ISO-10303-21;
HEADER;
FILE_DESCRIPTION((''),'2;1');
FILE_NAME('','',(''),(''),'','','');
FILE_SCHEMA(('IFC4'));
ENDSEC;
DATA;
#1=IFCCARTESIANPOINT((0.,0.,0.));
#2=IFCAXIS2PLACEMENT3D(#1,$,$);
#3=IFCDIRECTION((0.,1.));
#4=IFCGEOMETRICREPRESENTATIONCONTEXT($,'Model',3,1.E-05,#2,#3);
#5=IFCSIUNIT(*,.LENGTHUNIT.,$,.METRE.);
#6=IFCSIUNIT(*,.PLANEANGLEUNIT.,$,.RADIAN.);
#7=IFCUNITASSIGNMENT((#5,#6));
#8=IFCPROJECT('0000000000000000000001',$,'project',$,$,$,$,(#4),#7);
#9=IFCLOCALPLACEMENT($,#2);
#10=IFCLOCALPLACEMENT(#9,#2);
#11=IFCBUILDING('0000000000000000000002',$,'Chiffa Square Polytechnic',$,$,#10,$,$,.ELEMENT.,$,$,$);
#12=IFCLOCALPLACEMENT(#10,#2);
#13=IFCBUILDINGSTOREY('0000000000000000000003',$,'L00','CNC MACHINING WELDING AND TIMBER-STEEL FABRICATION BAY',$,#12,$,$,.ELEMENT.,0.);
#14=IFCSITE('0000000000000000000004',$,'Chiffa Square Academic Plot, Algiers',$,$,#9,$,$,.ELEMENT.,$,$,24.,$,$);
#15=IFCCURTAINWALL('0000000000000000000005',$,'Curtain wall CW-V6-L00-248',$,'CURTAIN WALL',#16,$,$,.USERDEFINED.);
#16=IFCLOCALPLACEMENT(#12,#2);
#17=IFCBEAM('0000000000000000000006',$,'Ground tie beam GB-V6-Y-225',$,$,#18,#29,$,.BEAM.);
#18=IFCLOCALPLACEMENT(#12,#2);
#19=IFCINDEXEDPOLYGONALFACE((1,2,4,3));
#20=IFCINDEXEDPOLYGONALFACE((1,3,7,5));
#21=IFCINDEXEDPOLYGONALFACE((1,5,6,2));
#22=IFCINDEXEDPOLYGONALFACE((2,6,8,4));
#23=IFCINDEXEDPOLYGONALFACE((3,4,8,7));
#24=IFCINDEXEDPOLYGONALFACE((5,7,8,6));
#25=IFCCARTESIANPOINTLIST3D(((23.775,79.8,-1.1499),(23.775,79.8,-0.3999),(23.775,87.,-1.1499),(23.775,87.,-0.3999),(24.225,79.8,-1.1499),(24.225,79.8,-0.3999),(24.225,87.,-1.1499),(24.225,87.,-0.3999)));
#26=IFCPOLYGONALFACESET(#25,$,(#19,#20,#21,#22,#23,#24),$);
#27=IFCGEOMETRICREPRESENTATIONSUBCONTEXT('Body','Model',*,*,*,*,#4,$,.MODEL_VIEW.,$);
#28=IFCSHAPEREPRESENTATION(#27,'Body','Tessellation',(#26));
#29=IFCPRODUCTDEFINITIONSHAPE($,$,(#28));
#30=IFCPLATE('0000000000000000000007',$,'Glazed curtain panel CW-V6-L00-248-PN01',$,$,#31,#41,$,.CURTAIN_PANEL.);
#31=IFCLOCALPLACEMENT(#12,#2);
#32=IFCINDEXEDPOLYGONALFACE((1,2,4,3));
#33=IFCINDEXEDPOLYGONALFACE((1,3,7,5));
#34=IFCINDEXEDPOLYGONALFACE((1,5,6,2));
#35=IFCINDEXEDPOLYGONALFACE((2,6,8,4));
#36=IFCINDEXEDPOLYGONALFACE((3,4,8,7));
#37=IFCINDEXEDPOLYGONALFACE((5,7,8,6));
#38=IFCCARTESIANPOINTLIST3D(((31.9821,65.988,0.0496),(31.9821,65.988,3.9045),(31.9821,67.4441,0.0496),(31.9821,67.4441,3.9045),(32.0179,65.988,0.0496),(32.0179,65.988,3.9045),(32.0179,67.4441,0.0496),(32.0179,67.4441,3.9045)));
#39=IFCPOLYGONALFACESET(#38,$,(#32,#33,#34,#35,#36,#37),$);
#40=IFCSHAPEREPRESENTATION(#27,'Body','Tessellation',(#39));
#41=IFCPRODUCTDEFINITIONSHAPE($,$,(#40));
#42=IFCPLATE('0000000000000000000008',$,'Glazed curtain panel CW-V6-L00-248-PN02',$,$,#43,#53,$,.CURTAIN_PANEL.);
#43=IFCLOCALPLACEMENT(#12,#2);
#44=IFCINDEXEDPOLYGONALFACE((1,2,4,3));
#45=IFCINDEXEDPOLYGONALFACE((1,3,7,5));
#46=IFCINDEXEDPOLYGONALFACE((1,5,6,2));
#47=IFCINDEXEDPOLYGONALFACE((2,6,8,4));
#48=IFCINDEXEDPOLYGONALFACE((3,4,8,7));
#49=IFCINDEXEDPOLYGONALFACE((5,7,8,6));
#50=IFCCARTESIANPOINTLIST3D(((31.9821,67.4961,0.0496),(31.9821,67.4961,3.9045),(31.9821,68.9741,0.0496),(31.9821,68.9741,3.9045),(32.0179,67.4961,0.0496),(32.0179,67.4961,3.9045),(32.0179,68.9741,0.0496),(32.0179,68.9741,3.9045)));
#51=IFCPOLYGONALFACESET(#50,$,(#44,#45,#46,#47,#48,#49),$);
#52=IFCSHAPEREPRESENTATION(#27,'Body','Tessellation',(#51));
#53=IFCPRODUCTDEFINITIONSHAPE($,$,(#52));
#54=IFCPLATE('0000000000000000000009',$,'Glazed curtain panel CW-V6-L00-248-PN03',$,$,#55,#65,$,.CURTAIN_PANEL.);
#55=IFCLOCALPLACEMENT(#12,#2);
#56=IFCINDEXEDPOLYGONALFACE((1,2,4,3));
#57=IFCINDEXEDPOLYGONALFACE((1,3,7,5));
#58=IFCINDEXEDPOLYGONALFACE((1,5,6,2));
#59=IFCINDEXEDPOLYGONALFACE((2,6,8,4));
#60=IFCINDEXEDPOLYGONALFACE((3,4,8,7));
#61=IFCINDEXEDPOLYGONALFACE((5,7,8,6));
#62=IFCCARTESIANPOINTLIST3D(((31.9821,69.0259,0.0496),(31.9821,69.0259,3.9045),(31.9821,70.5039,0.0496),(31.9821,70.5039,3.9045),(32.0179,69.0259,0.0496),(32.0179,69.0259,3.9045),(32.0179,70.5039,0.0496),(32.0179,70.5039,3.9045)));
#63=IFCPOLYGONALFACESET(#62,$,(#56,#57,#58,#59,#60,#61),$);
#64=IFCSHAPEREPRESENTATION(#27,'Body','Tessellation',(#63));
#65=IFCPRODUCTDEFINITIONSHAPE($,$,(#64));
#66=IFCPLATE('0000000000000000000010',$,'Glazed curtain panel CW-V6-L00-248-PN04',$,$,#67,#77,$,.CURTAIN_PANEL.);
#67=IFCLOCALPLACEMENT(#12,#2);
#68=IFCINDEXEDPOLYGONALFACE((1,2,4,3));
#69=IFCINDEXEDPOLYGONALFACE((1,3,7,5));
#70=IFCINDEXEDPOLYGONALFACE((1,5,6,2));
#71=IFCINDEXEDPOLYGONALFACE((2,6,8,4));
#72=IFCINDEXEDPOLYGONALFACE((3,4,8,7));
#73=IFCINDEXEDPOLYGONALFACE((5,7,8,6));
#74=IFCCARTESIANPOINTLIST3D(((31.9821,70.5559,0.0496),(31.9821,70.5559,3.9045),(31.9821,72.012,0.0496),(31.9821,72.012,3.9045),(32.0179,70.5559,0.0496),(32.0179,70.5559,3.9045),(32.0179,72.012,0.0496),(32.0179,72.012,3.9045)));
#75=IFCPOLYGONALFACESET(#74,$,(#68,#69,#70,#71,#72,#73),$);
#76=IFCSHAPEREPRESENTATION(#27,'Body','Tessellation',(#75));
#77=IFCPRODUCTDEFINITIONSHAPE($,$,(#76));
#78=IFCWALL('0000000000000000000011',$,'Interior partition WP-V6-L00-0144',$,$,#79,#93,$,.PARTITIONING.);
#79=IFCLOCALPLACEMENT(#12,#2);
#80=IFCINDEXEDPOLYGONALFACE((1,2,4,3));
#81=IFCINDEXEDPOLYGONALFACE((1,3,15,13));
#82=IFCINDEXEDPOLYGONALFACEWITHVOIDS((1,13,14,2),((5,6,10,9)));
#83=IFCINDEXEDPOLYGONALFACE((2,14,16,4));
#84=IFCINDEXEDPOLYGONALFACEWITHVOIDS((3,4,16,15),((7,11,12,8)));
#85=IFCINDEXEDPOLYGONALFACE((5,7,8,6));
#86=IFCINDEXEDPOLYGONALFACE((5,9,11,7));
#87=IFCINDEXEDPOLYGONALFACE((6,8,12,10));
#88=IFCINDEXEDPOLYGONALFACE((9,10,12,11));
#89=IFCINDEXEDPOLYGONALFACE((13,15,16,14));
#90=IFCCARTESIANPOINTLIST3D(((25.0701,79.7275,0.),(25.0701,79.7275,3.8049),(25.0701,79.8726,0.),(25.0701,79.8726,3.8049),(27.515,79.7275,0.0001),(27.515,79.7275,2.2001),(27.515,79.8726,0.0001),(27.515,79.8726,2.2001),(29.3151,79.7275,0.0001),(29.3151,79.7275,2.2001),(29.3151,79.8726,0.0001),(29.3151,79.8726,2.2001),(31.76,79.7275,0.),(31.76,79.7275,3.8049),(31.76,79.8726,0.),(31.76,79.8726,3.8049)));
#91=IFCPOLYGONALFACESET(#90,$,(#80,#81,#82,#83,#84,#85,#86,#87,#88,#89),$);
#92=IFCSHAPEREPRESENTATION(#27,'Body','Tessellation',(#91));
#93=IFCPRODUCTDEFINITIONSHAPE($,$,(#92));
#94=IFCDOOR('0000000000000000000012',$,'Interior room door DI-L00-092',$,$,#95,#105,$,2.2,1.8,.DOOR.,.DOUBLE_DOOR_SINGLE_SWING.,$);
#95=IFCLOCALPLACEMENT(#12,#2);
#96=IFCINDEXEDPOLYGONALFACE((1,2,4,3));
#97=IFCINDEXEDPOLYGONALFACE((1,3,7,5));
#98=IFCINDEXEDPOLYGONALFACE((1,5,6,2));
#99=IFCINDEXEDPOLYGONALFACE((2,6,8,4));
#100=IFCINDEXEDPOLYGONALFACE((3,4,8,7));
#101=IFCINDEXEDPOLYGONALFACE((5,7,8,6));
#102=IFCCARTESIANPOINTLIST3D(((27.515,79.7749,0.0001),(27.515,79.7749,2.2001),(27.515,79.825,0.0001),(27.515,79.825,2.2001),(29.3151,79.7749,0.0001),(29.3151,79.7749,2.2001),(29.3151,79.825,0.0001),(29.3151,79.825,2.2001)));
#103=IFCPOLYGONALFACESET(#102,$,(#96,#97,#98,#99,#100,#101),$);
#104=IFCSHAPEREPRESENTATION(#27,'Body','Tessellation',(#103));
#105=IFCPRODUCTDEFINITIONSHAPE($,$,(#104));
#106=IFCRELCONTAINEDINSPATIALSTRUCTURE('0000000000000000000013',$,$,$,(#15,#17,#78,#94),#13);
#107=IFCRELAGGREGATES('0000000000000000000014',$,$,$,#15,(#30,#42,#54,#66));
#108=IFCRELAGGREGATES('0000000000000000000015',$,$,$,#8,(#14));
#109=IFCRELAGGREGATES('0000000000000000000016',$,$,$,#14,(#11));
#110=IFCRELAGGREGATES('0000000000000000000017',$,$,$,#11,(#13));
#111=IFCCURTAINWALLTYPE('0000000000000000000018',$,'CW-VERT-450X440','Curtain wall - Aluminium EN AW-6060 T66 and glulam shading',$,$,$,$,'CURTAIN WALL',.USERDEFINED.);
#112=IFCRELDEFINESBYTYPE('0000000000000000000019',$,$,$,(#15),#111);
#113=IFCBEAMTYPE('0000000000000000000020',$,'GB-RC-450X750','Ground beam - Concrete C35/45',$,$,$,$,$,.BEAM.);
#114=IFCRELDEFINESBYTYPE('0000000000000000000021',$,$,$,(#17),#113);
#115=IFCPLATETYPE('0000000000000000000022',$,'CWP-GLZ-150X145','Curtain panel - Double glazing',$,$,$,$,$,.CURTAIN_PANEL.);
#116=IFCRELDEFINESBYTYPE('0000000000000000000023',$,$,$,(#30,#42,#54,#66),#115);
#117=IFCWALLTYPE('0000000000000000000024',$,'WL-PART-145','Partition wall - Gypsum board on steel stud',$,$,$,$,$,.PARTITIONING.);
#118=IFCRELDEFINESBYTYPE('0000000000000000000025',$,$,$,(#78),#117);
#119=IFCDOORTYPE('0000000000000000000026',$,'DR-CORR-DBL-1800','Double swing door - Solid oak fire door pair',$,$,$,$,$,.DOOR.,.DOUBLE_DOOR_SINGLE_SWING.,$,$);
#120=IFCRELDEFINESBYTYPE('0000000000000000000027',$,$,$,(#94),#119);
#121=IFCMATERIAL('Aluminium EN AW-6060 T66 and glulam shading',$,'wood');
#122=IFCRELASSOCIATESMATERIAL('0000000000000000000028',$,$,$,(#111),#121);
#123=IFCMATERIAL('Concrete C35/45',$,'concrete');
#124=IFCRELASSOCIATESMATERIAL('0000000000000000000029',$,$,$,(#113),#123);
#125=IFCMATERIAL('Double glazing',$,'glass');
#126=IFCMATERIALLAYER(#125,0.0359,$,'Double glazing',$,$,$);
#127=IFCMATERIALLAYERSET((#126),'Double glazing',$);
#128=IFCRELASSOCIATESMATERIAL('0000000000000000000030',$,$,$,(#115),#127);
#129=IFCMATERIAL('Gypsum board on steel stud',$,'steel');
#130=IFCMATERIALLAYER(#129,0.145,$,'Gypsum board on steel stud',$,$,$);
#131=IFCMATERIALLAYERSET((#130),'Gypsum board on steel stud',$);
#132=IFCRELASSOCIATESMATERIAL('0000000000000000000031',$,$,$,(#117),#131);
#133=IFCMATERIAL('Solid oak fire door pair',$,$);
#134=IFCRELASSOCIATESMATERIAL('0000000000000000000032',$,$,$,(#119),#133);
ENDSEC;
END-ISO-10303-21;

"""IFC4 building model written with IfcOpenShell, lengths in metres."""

from ifc_helpers import new_model, si_unit, direction, frame, frame_2d, origin, origin_2d, place, context, subcontext, project, spatial, rectangle, extrude, material, layer, layer_set, material_profile, profile_set, type_object, element, fill, aggregate, save


model = new_model("IFC4")

# Units and contexts
model_context = context("Model", 3, precision=1e-05, world=origin(), true_north=direction((0.0, 1.0)))
body_context = subcontext(model_context, "Body", "Model", "MODEL_VIEW")
ifc_project = project(units=[si_unit("LENGTHUNIT", "METRE"), si_unit("PLANEANGLEUNIT", "RADIAN")], contexts=[model_context])

# Site, building, storey
site_placement = place(None, origin())
site = spatial("IfcSite", under=ifc_project, at=site_placement, Name="Chiffa Square Academic Plot, Algiers", CompositionType="ELEMENT", RefElevation=24.0)
building_placement = place(site_placement, origin())
building = spatial("IfcBuilding", under=site, at=building_placement, Name="Chiffa Square Polytechnic", CompositionType="ELEMENT")
storey_placement = place(building_placement, origin())
storey = spatial("IfcBuildingStorey", under=building, at=storey_placement, Name="L00", Description="CNC MACHINING WELDING AND TIMBER-STEEL FABRICATION BAY", CompositionType="ELEMENT", Elevation=0.0)

# Shared definitions
ifc_material_1 = material(Name="Concrete C35/45", Category="concrete")

# Curtain wall
ifc_material_2 = material(Name="Aluminium EN AW-6060 T66 and glulam shading", Category="wood")
curtain_wall_type = type_object("IfcCurtainWallType", Name="CW-VERT-450X440", Description="Curtain wall - Aluminium EN AW-6060 T66 and glulam shading", ElementType="CURTAIN WALL", PredefinedType="USERDEFINED", material=ifc_material_2)
curtain_wall_placement = place(storey_placement, origin())
curtain_wall = element("IfcCurtainWall", 1, at=curtain_wall_placement, inside=storey, type_object=curtain_wall_type, Name="Curtain wall CW-V6-L00-248", ObjectType="CURTAIN WALL", PredefinedType="USERDEFINED")

# Beam
ifc_material_profile_1 = material_profile(ifc_material_1, rectangle(XDim=0.45, YDim=0.75, at=origin_2d()), Name="RC 450x750")
ifc_profile_set_1 = profile_set([ifc_material_profile_1], Name="Concrete C35/45")
beam_type = type_object("IfcBeamType", Name="GB-RC-450X750", Description="Ground beam - Concrete C35/45", PredefinedType="BEAM", material=ifc_profile_set_1)
for number, where, z_axis, x_axis, name in (
    (2, (24.0, 79.8, -0.7749), (0.0, 1.0, 0.0), (-1.0, 0.0, 0.0), "Ground tie beam GB-V6-Y-225"),
):
    element("IfcBeam", number, at=place(storey_placement, frame(where, z_axis=z_axis, x_axis=x_axis)), inside=storey, type_object=beam_type, Name=name, PredefinedType="BEAM", context=body_context, shape_type="SweptSolid", body=[
        extrude(rectangle(XDim=0.45, YDim=0.75, at=origin_2d()), origin(), (0.0, 0.0, 1.0), 7.2),
    ])

# Plates
ifc_material_3 = material(Name="Double glazing", Category="glass")
ifc_layer_1 = layer(ifc_material_3, 0.0359, Name="Double glazing")
ifc_layer_set_1 = layer_set([ifc_layer_1], Name="Double glazing")
plate_type = type_object("IfcPlateType", Name="CWP-GLZ-150X145", Description="Curtain panel - Double glazing", PredefinedType="CURTAIN_PANEL", material=ifc_layer_set_1)
plate_1_placement = place(storey_placement, frame((32.0, 66.7161, 0.0496), z_axis=(0.0, 0.0, 1.0), x_axis=(0.0, 1.0, 0.0)))
plate_1 = element("IfcPlate", 3, at=plate_1_placement, type_object=plate_type, Name="Glazed curtain panel CW-V6-L00-248-PN01", PredefinedType="CURTAIN_PANEL", context=body_context, shape_type="SweptSolid", body=[
    extrude(rectangle(XDim=1.4561, YDim=0.0359, at=origin_2d()), origin(), (0.0, 0.0, 1.0), 3.855),
])
plate_2_placement = place(storey_placement, frame((32.0, 68.2351, 0.0496), z_axis=(0.0, 0.0, 1.0), x_axis=(0.0, 1.0, 0.0)))
plate_2 = element("IfcPlate", 4, at=plate_2_placement, type_object=plate_type, Name="Glazed curtain panel CW-V6-L00-248-PN02", PredefinedType="CURTAIN_PANEL", context=body_context, shape_type="SweptSolid", body=[
    extrude(rectangle(XDim=1.478, YDim=0.0359, at=origin_2d()), origin(), (0.0, 0.0, 1.0), 3.855),
])
plate_3_placement = place(storey_placement, frame((32.0, 69.7649, 0.0496), z_axis=(0.0, 0.0, 1.0), x_axis=(0.0, 1.0, 0.0)))
plate_3 = element("IfcPlate", 5, at=plate_3_placement, type_object=plate_type, Name="Glazed curtain panel CW-V6-L00-248-PN03", PredefinedType="CURTAIN_PANEL", context=body_context, shape_type="SweptSolid", body=[
    extrude(rectangle(XDim=1.478, YDim=0.0359, at=origin_2d()), origin(), (0.0, 0.0, 1.0), 3.855),
])
plate_4_placement = place(storey_placement, frame((32.0, 71.2839, 0.0496), z_axis=(0.0, 0.0, 1.0), x_axis=(0.0, 1.0, 0.0)))
plate_4 = element("IfcPlate", 6, at=plate_4_placement, type_object=plate_type, Name="Glazed curtain panel CW-V6-L00-248-PN04", PredefinedType="CURTAIN_PANEL", context=body_context, shape_type="SweptSolid", body=[
    extrude(rectangle(XDim=1.4561, YDim=0.0359, at=origin_2d()), origin(), (0.0, 0.0, 1.0), 3.855),
])
aggregate(curtain_wall, [plate_1, plate_2, plate_3, plate_4])

# Wall, opening, door
ifc_material_4 = material(Name="Gypsum board on steel stud", Category="steel")
ifc_layer_2 = layer(ifc_material_4, 0.145, Name="Gypsum board on steel stud")
ifc_layer_set_2 = layer_set([ifc_layer_2], Name="Gypsum board on steel stud")
wall_type = type_object("IfcWallType", Name="WL-PART-145", Description="Partition wall - Gypsum board on steel stud", PredefinedType="PARTITIONING", material=ifc_layer_set_2)
wall_placement = place(storey_placement, frame((25.0701, 79.8, 0.0), z_axis=(0.0, 0.0, 1.0), x_axis=(1.0, 0.0, 0.0)))
wall = element("IfcWall", 7, at=wall_placement, inside=storey, type_object=wall_type, Name="Interior partition WP-V6-L00-0144", PredefinedType="PARTITIONING", context=body_context, shape_type="SweptSolid", body=[
    extrude(rectangle(XDim=6.6899, YDim=0.145, at=frame_2d((3.345, 0.0))), origin(), (0.0, 0.0, 1.0), 3.8049),
])
opening_placement = place(wall_placement, frame((2.4451, 0.0, 0.0)))
opening = element("IfcOpeningElement", 8, at=opening_placement, cuts=wall, PredefinedType="OPENING", context=body_context, shape_type="SweptSolid", body=[
    extrude(rectangle(XDim=1.8, YDim=2.2, at=frame_2d((0.8999, 1.1001))), frame((0.0, 0.0825, 0.0), z_axis=(0.0, -1.0, 0.0), x_axis=(1.0, 0.0, 0.0)), (0.0, 0.0, 1.0), 0.165),
])
ifc_material_5 = material(Name="Solid oak fire door pair")
door_type = type_object("IfcDoorType", Name="DR-CORR-DBL-1800", Description="Double swing door - Solid oak fire door pair", OperationType="DOUBLE_DOOR_SINGLE_SWING", PredefinedType="DOOR", material=ifc_material_5)
door_placement = place(opening_placement, origin())
door = element("IfcDoor", 9, at=door_placement, inside=storey, type_object=door_type, Name="Interior room door DI-L00-092", OperationType="DOUBLE_DOOR_SINGLE_SWING", OverallHeight=2.2, OverallWidth=1.8, PredefinedType="DOOR", context=body_context, shape_type="SweptSolid", body=[
    extrude(rectangle(XDim=1.8, YDim=2.2, at=frame_2d((0.8999, 1.1001))), frame((0.0, 0.0249, 0.0), z_axis=(0.0, -1.0, 0.0), x_axis=(1.0, 0.0, 0.0)), (0.0, 0.0, 1.0), 0.05),
])
fill(opening, door)

save(model, "model.ifc")
